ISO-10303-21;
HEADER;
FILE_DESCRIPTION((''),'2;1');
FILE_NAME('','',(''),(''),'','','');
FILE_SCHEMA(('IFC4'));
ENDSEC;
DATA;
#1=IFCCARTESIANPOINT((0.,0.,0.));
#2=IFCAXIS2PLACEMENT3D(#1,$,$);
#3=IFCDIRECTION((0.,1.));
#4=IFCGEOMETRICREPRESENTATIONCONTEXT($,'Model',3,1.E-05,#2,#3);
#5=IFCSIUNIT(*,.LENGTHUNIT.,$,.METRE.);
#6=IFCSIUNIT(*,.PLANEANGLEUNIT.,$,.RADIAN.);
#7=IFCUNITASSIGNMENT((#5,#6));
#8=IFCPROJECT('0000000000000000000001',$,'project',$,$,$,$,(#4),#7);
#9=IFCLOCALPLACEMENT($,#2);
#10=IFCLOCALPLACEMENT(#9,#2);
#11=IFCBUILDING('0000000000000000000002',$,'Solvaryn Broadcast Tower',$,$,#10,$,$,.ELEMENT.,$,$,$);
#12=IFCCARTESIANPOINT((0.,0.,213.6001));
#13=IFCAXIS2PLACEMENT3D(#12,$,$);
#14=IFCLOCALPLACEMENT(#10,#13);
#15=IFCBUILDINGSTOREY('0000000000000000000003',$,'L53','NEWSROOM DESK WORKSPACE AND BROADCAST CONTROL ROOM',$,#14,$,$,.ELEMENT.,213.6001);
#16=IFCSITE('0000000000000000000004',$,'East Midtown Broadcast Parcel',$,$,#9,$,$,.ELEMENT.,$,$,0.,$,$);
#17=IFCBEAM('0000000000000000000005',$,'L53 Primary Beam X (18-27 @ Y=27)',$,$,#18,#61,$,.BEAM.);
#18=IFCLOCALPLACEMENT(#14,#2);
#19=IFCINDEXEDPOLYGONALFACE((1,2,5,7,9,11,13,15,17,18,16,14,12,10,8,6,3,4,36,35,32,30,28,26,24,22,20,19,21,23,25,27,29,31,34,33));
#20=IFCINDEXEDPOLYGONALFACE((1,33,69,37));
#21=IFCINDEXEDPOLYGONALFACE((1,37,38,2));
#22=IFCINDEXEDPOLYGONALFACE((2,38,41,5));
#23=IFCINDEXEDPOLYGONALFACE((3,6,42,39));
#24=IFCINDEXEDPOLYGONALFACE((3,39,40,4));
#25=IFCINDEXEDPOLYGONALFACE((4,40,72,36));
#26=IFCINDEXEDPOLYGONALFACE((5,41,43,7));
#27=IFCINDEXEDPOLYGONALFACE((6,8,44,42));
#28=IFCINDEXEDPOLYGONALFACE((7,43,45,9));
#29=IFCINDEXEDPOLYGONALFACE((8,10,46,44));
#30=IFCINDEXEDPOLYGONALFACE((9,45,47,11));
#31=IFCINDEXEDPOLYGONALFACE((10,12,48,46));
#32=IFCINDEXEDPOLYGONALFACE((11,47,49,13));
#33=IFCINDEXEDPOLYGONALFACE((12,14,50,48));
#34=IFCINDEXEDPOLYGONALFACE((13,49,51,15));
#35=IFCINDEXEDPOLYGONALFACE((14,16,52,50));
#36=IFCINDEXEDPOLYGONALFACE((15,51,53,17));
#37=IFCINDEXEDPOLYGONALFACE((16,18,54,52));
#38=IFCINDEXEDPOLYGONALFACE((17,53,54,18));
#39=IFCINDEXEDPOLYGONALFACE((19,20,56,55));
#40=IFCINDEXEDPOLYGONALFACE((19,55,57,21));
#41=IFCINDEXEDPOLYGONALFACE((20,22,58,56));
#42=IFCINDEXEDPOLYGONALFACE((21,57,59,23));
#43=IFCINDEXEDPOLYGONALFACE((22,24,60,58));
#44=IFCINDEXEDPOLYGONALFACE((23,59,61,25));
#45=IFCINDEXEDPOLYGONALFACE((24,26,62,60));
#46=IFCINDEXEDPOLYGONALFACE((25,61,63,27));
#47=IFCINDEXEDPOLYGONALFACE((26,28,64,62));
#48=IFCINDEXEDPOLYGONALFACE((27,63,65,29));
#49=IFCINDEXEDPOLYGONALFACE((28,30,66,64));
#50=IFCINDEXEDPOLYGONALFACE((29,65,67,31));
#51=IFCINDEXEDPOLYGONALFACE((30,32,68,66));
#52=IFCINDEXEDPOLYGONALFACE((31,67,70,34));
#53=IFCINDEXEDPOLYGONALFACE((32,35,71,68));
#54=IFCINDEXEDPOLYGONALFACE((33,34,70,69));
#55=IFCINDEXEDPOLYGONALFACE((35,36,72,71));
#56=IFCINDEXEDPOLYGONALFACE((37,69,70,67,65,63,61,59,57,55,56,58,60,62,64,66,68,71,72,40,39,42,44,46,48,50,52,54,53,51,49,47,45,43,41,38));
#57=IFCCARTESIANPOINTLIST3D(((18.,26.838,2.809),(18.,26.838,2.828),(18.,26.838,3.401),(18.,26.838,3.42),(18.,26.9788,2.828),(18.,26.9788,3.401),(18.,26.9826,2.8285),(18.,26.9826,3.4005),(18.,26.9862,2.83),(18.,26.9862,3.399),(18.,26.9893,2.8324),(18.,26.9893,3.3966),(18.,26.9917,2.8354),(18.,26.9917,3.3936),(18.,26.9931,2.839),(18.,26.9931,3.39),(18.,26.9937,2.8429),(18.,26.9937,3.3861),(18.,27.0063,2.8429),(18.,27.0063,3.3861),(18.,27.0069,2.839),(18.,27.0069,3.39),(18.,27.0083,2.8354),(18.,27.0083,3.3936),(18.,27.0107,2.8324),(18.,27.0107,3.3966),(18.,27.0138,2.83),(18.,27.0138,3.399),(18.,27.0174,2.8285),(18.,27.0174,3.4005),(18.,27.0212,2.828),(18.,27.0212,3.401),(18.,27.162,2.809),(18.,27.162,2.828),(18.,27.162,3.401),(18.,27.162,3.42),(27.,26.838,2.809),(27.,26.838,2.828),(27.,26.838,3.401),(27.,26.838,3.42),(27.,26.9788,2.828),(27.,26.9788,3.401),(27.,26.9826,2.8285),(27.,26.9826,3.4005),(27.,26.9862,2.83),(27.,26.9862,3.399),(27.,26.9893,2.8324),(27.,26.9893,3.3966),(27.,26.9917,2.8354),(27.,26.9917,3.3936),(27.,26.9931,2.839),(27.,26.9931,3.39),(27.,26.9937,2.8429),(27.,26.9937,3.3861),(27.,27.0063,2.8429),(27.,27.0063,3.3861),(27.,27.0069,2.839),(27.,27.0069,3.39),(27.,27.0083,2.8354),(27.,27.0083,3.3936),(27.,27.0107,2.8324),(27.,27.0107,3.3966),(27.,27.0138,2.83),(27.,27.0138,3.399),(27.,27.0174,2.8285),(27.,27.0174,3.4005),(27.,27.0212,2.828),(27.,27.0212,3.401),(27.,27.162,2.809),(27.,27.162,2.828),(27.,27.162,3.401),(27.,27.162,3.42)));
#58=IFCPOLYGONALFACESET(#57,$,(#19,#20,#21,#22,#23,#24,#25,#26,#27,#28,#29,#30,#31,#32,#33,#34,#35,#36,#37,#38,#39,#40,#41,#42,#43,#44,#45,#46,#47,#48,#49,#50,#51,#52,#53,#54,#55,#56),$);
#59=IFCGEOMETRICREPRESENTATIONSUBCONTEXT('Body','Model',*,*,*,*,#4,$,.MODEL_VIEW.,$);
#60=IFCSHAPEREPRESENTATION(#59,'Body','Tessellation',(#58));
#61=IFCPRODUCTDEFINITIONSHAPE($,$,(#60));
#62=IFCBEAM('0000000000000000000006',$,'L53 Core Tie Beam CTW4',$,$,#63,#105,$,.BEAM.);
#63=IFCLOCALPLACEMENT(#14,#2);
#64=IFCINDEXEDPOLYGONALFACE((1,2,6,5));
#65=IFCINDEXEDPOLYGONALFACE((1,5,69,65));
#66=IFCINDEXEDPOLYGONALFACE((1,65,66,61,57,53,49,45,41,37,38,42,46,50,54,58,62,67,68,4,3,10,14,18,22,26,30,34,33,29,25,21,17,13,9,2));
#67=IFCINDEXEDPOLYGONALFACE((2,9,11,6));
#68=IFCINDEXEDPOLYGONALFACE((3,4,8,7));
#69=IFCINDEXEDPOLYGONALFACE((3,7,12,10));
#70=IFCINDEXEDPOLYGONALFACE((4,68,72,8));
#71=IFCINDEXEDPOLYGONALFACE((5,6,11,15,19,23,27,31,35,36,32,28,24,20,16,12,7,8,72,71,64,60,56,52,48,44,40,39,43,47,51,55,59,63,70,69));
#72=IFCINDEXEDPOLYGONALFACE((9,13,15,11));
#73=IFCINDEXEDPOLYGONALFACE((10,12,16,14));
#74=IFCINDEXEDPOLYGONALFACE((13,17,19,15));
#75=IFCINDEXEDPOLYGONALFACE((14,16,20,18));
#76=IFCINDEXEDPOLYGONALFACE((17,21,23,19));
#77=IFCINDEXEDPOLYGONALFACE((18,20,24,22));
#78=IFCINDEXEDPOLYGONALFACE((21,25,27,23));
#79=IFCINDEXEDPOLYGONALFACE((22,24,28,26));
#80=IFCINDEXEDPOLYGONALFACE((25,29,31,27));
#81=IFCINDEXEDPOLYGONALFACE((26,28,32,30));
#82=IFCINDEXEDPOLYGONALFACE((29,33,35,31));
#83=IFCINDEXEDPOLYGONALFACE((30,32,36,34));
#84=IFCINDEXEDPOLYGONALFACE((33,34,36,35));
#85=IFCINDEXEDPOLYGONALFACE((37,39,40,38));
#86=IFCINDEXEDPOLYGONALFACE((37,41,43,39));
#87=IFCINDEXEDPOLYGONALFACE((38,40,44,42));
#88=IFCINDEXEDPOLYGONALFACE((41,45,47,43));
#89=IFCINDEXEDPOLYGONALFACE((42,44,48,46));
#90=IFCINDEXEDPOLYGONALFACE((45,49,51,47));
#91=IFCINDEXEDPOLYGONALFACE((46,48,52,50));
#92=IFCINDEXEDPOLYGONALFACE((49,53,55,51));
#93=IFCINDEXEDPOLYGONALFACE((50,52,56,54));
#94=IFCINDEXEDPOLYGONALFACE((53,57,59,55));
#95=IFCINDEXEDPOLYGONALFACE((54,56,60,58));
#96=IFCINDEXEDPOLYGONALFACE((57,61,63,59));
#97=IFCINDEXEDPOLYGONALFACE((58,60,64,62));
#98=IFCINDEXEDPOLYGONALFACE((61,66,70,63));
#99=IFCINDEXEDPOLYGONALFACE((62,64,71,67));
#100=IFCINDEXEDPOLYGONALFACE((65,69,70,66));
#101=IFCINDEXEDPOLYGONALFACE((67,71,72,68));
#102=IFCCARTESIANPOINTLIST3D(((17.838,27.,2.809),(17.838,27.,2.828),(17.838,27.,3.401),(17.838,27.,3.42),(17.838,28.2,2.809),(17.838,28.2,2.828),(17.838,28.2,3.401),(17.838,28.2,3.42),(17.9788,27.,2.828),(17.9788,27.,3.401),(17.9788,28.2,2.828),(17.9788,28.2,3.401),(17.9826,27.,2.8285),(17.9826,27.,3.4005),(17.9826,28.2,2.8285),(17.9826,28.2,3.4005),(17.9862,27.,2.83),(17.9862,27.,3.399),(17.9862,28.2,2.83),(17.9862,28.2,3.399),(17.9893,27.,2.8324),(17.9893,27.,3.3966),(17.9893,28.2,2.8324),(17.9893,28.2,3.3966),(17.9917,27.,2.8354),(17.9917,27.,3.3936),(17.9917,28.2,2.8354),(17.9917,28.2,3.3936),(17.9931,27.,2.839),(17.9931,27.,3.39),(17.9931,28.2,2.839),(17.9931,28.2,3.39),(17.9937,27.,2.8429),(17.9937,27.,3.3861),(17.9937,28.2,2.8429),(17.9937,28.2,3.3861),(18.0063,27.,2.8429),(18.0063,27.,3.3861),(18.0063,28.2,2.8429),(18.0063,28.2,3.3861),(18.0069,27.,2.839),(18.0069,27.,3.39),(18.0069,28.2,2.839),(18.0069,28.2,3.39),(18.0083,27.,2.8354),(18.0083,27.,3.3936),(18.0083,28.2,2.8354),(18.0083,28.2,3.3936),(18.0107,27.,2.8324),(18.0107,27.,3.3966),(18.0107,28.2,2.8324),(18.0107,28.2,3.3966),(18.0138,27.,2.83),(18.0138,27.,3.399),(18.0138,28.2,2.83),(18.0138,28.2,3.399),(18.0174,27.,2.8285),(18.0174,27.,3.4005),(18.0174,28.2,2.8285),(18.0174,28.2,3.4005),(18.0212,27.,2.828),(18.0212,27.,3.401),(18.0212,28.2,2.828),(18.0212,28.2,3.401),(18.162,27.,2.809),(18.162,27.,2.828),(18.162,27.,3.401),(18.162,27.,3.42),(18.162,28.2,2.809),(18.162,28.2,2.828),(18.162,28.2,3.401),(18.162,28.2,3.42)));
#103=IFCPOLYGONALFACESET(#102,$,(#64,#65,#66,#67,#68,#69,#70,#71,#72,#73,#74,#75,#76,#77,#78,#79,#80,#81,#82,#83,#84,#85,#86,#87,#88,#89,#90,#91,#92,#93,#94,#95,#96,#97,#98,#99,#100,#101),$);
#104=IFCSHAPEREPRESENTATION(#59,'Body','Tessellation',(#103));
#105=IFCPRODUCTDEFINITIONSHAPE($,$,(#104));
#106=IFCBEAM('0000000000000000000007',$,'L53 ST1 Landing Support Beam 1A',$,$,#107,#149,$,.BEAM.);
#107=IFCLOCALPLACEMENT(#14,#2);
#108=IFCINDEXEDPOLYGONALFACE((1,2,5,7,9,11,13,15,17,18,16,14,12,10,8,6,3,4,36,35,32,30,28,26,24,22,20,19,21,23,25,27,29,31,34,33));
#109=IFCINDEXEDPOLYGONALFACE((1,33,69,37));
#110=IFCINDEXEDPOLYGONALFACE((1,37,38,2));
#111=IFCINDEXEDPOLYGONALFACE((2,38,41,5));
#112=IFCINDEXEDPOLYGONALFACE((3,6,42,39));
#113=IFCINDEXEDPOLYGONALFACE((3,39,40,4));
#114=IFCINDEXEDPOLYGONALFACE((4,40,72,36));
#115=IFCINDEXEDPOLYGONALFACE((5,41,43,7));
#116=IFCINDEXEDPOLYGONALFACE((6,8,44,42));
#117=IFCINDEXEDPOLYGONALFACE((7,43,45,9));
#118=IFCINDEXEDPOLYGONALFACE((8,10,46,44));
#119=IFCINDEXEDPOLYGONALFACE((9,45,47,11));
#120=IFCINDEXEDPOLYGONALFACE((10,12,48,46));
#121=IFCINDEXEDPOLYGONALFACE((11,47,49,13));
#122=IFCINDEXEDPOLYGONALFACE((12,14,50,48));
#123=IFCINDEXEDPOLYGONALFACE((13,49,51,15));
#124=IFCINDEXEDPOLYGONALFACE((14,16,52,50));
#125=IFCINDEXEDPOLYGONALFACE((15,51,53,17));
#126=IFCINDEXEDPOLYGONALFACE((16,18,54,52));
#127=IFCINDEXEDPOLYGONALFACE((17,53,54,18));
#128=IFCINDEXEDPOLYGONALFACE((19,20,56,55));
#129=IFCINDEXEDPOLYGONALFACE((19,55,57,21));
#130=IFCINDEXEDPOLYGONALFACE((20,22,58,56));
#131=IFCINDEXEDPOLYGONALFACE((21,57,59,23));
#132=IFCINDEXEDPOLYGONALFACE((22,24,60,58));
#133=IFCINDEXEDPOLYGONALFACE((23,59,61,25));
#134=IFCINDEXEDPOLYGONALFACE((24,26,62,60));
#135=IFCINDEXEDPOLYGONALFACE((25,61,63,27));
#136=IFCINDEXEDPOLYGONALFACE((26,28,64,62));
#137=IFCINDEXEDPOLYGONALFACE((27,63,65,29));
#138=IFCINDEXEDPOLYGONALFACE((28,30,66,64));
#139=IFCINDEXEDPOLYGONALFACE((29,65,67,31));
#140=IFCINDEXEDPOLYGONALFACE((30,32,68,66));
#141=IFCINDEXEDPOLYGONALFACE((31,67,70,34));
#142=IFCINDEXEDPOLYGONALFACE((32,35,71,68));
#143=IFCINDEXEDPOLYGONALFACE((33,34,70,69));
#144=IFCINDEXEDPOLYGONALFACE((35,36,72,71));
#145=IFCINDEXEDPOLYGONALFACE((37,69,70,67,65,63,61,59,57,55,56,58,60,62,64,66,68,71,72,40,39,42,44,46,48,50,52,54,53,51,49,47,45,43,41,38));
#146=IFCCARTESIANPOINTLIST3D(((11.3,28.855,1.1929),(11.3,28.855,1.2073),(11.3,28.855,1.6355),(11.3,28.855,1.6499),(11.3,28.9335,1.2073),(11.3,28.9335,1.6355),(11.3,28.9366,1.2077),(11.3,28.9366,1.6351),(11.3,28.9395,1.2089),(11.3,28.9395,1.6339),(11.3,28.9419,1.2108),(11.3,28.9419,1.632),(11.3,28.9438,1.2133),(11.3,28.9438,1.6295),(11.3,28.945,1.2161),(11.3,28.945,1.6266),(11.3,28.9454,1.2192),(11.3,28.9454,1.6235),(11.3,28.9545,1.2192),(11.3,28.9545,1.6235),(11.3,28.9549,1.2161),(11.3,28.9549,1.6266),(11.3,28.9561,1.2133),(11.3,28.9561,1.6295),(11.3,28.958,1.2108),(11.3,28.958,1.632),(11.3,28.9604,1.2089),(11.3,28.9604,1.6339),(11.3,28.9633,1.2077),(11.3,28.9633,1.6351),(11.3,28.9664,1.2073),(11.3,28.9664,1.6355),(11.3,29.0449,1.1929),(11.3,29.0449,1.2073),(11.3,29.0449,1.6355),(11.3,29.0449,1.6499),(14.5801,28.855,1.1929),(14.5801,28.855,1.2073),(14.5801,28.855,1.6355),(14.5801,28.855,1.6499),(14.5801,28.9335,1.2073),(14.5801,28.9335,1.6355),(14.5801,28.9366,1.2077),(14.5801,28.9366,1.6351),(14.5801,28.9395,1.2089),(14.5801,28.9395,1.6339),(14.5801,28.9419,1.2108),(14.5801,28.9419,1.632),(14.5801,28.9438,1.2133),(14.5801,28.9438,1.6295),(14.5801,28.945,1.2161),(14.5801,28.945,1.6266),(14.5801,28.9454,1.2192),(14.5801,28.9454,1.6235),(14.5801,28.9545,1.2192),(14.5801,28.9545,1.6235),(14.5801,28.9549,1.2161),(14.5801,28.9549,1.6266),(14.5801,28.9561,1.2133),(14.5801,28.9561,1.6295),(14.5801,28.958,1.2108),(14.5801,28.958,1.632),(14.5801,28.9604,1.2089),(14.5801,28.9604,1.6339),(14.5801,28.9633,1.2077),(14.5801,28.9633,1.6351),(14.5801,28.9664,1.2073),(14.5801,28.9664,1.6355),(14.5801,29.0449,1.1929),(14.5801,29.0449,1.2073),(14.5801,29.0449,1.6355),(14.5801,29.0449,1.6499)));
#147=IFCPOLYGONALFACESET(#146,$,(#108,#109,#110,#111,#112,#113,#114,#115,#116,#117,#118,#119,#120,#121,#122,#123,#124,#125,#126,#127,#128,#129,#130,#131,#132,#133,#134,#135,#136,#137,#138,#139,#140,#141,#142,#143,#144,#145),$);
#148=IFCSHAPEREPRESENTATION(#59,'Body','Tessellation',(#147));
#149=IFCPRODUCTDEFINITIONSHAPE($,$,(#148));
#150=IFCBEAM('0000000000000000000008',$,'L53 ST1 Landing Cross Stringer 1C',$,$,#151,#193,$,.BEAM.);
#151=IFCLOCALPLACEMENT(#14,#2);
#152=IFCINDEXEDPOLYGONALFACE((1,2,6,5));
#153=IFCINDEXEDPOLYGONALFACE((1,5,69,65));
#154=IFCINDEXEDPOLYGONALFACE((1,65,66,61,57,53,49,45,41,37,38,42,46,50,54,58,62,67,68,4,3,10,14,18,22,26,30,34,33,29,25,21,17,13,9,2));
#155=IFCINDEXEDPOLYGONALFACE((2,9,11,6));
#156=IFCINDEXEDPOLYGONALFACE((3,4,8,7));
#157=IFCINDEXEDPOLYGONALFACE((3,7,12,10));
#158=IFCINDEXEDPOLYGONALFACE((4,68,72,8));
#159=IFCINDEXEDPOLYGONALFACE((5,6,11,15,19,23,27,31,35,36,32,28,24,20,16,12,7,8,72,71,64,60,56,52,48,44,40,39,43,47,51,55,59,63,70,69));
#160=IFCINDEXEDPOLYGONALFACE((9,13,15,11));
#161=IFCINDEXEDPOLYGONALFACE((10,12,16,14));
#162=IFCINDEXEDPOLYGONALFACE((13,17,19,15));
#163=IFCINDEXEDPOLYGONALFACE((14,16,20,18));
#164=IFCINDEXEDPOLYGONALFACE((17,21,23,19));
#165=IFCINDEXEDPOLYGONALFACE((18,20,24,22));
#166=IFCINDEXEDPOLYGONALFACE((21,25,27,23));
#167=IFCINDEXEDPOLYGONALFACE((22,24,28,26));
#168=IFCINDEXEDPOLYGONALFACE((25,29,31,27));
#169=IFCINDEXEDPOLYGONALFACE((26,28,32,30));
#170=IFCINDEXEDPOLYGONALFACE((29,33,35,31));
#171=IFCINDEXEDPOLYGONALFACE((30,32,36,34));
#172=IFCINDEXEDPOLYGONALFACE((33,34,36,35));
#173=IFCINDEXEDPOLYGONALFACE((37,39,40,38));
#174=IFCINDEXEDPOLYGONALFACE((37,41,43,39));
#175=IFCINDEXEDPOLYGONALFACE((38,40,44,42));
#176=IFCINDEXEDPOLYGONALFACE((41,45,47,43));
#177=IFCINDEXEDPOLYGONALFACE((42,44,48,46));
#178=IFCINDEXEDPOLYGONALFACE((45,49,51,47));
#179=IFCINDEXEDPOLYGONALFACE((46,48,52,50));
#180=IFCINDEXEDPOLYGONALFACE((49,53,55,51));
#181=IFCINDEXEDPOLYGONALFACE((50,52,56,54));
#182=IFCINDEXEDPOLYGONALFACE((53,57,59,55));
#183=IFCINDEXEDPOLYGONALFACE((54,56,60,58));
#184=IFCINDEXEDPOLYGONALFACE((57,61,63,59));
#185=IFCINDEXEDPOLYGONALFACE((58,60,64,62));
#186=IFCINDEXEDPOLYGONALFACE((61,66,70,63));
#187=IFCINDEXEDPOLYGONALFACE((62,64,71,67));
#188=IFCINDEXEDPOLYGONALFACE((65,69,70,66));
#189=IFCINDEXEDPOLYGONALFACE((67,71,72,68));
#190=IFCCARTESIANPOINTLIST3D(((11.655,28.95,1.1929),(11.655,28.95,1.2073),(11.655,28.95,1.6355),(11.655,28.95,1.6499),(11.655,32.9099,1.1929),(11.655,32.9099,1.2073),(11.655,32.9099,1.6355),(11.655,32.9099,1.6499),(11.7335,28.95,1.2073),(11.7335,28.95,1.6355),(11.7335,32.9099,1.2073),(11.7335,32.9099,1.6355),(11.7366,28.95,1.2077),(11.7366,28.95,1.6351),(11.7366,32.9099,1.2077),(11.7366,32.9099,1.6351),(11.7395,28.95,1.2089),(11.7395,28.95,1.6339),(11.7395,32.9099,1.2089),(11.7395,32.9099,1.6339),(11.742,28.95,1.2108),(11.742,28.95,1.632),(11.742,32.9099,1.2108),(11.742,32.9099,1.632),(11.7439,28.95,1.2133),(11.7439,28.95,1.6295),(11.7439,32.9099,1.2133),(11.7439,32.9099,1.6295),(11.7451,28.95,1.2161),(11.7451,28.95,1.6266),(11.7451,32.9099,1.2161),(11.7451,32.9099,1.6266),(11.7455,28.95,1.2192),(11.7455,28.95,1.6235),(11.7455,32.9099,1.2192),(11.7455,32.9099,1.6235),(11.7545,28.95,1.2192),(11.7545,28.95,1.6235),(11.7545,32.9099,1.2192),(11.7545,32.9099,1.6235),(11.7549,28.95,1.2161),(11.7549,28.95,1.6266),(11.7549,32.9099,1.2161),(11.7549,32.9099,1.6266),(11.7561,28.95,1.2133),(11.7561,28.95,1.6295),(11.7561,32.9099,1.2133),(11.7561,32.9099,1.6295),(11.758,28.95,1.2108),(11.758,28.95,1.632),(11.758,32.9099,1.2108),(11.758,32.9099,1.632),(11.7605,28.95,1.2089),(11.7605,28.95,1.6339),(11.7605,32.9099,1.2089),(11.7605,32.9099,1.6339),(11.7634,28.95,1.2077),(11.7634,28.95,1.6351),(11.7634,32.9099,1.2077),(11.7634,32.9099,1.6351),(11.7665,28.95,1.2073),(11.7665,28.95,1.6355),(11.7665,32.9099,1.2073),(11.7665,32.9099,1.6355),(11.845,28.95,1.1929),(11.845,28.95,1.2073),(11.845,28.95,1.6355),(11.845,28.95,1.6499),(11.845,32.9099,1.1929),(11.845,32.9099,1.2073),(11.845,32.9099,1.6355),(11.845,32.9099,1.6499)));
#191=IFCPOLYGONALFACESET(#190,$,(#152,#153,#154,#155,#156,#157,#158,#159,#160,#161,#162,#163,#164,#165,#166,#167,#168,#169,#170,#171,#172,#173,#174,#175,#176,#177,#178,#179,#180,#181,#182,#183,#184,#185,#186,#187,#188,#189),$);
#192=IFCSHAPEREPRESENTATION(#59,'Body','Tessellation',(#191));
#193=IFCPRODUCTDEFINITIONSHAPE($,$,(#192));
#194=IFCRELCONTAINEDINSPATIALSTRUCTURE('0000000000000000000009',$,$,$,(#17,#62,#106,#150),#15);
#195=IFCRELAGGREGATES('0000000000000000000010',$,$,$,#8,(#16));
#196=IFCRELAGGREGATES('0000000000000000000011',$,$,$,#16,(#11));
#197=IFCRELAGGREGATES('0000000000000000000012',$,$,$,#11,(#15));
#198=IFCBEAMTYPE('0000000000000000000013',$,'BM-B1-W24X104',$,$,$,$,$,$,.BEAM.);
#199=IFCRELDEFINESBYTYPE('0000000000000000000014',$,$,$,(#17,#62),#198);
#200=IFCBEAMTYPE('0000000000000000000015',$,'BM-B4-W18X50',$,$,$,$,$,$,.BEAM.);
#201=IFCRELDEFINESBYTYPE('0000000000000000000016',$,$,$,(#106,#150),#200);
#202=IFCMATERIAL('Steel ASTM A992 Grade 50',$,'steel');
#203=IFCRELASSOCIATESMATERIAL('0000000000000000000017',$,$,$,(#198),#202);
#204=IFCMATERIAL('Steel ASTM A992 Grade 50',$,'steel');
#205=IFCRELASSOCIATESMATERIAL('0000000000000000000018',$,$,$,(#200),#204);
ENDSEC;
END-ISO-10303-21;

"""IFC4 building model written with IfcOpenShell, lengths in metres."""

from ifc_helpers import new_model, si_unit, direction, frame, origin, origin_2d, place, context, subcontext, project, spatial, i_section, extrude, material, material_profile, profile_set, type_object, element, save


model = new_model("IFC4")

# Units and contexts
model_context = context("Model", 3, precision=1e-05, world=origin(), true_north=direction((0.0, 1.0)))
body_context = subcontext(model_context, "Body", "Model", "MODEL_VIEW")
ifc_project = project(units=[si_unit("LENGTHUNIT", "METRE"), si_unit("PLANEANGLEUNIT", "RADIAN")], contexts=[model_context])

# Site, building, storey
site_placement = place(None, origin())
site = spatial("IfcSite", under=ifc_project, at=site_placement, Name="East Midtown Broadcast Parcel", CompositionType="ELEMENT", RefElevation=0.0)
building_placement = place(site_placement, origin())
building = spatial("IfcBuilding", under=site, at=building_placement, Name="Solvaryn Broadcast Tower", CompositionType="ELEMENT")
storey_placement = place(building_placement, frame((0.0, 0.0, 213.6001)))
storey = spatial("IfcBuildingStorey", under=building, at=storey_placement, Name="L53", Description="NEWSROOM DESK WORKSPACE AND BROADCAST CONTROL ROOM", CompositionType="ELEMENT", Elevation=213.6001)

# Beams
ifc_material_1 = material(Name="Steel ASTM A992 Grade 50", Category="steel")
ifc_material_profile_1 = material_profile(ifc_material_1, i_section(OverallWidth=0.324, OverallDepth=0.6111, WebThickness=0.0127, FlangeThickness=0.019, FilletRadius=0.0149, at=origin_2d()))
ifc_profile_set_1 = profile_set([ifc_material_profile_1], Name="Steel ASTM A992 Grade 50")
beam_type_1 = type_object("IfcBeamType", Name="BM-B1-W24X104", PredefinedType="BEAM", material=ifc_profile_set_1)
for number, where, z_axis, x_axis, name in (
    (1, (18.0, 27.0, 3.1145), (1.0, 0.0, 0.0), (0.0, 1.0, 0.0), "L53 Primary Beam X (18-27 @ Y=27)"),
):
    element("IfcBeam", number, at=place(storey_placement, frame(where, z_axis=z_axis, x_axis=x_axis)), inside=storey, type_object=beam_type_1, Name=name, PredefinedType="BEAM", context=body_context, shape_type="SweptSolid", body=[
        extrude(i_section(OverallWidth=0.324, OverallDepth=0.6111, WebThickness=0.0127, FlangeThickness=0.019, FilletRadius=0.0149, at=origin_2d()), origin(), (0.0, 0.0, 1.0), 9.0),
    ])
beam_1_placement = place(storey_placement, frame((18.0, 27.0, 3.1145), z_axis=(0.0, 1.0, 0.0), x_axis=(-1.0, 0.0, 0.0)))
element("IfcBeam", 2, at=beam_1_placement, inside=storey, type_object=beam_type_1, Name="L53 Core Tie Beam CTW4", PredefinedType="BEAM", context=body_context, shape_type="SweptSolid", body=[
    extrude(i_section(OverallWidth=0.324, OverallDepth=0.6111, WebThickness=0.0127, FlangeThickness=0.019, FilletRadius=0.0149, at=origin_2d()), origin(), (0.0, 0.0, 1.0), 1.2),
])
ifc_material_2 = material(Name="Steel ASTM A992 Grade 50", Category="steel")
ifc_material_profile_2 = material_profile(ifc_material_2, i_section(OverallWidth=0.1899, OverallDepth=0.457, WebThickness=0.009, FlangeThickness=0.0144, FilletRadius=0.012, at=origin_2d()))
ifc_profile_set_2 = profile_set([ifc_material_profile_2], Name="Steel ASTM A992 Grade 50")
beam_type_2 = type_object("IfcBeamType", Name="BM-B4-W18X50", PredefinedType="BEAM", material=ifc_profile_set_2)
beam_2_placement = place(storey_placement, frame((11.3, 28.95, 1.4214), z_axis=(1.0, 0.0, 0.0), x_axis=(0.0, 1.0, 0.0)))
element("IfcBeam", 3, at=beam_2_placement, inside=storey, type_object=beam_type_2, Name="L53 ST1 Landing Support Beam 1A", PredefinedType="BEAM", context=body_context, shape_type="SweptSolid", body=[
    extrude(i_section(OverallWidth=0.1899, OverallDepth=0.457, WebThickness=0.009, FlangeThickness=0.0144, FilletRadius=0.012, at=origin_2d()), origin(), (0.0, 0.0, 1.0), 3.28),
])
beam_3_placement = place(storey_placement, frame((11.75, 28.95, 1.4214), z_axis=(0.0, 1.0, 0.0), x_axis=(-1.0, 0.0, 0.0)))
element("IfcBeam", 4, at=beam_3_placement, inside=storey, type_object=beam_type_2, Name="L53 ST1 Landing Cross Stringer 1C", PredefinedType="BEAM", context=body_context, shape_type="SweptSolid", body=[
    extrude(i_section(OverallWidth=0.1899, OverallDepth=0.457, WebThickness=0.009, FlangeThickness=0.0144, FilletRadius=0.012, at=origin_2d()), origin(), (0.0, 0.0, 1.0), 3.96),
])

save(model, "model.ifc")
